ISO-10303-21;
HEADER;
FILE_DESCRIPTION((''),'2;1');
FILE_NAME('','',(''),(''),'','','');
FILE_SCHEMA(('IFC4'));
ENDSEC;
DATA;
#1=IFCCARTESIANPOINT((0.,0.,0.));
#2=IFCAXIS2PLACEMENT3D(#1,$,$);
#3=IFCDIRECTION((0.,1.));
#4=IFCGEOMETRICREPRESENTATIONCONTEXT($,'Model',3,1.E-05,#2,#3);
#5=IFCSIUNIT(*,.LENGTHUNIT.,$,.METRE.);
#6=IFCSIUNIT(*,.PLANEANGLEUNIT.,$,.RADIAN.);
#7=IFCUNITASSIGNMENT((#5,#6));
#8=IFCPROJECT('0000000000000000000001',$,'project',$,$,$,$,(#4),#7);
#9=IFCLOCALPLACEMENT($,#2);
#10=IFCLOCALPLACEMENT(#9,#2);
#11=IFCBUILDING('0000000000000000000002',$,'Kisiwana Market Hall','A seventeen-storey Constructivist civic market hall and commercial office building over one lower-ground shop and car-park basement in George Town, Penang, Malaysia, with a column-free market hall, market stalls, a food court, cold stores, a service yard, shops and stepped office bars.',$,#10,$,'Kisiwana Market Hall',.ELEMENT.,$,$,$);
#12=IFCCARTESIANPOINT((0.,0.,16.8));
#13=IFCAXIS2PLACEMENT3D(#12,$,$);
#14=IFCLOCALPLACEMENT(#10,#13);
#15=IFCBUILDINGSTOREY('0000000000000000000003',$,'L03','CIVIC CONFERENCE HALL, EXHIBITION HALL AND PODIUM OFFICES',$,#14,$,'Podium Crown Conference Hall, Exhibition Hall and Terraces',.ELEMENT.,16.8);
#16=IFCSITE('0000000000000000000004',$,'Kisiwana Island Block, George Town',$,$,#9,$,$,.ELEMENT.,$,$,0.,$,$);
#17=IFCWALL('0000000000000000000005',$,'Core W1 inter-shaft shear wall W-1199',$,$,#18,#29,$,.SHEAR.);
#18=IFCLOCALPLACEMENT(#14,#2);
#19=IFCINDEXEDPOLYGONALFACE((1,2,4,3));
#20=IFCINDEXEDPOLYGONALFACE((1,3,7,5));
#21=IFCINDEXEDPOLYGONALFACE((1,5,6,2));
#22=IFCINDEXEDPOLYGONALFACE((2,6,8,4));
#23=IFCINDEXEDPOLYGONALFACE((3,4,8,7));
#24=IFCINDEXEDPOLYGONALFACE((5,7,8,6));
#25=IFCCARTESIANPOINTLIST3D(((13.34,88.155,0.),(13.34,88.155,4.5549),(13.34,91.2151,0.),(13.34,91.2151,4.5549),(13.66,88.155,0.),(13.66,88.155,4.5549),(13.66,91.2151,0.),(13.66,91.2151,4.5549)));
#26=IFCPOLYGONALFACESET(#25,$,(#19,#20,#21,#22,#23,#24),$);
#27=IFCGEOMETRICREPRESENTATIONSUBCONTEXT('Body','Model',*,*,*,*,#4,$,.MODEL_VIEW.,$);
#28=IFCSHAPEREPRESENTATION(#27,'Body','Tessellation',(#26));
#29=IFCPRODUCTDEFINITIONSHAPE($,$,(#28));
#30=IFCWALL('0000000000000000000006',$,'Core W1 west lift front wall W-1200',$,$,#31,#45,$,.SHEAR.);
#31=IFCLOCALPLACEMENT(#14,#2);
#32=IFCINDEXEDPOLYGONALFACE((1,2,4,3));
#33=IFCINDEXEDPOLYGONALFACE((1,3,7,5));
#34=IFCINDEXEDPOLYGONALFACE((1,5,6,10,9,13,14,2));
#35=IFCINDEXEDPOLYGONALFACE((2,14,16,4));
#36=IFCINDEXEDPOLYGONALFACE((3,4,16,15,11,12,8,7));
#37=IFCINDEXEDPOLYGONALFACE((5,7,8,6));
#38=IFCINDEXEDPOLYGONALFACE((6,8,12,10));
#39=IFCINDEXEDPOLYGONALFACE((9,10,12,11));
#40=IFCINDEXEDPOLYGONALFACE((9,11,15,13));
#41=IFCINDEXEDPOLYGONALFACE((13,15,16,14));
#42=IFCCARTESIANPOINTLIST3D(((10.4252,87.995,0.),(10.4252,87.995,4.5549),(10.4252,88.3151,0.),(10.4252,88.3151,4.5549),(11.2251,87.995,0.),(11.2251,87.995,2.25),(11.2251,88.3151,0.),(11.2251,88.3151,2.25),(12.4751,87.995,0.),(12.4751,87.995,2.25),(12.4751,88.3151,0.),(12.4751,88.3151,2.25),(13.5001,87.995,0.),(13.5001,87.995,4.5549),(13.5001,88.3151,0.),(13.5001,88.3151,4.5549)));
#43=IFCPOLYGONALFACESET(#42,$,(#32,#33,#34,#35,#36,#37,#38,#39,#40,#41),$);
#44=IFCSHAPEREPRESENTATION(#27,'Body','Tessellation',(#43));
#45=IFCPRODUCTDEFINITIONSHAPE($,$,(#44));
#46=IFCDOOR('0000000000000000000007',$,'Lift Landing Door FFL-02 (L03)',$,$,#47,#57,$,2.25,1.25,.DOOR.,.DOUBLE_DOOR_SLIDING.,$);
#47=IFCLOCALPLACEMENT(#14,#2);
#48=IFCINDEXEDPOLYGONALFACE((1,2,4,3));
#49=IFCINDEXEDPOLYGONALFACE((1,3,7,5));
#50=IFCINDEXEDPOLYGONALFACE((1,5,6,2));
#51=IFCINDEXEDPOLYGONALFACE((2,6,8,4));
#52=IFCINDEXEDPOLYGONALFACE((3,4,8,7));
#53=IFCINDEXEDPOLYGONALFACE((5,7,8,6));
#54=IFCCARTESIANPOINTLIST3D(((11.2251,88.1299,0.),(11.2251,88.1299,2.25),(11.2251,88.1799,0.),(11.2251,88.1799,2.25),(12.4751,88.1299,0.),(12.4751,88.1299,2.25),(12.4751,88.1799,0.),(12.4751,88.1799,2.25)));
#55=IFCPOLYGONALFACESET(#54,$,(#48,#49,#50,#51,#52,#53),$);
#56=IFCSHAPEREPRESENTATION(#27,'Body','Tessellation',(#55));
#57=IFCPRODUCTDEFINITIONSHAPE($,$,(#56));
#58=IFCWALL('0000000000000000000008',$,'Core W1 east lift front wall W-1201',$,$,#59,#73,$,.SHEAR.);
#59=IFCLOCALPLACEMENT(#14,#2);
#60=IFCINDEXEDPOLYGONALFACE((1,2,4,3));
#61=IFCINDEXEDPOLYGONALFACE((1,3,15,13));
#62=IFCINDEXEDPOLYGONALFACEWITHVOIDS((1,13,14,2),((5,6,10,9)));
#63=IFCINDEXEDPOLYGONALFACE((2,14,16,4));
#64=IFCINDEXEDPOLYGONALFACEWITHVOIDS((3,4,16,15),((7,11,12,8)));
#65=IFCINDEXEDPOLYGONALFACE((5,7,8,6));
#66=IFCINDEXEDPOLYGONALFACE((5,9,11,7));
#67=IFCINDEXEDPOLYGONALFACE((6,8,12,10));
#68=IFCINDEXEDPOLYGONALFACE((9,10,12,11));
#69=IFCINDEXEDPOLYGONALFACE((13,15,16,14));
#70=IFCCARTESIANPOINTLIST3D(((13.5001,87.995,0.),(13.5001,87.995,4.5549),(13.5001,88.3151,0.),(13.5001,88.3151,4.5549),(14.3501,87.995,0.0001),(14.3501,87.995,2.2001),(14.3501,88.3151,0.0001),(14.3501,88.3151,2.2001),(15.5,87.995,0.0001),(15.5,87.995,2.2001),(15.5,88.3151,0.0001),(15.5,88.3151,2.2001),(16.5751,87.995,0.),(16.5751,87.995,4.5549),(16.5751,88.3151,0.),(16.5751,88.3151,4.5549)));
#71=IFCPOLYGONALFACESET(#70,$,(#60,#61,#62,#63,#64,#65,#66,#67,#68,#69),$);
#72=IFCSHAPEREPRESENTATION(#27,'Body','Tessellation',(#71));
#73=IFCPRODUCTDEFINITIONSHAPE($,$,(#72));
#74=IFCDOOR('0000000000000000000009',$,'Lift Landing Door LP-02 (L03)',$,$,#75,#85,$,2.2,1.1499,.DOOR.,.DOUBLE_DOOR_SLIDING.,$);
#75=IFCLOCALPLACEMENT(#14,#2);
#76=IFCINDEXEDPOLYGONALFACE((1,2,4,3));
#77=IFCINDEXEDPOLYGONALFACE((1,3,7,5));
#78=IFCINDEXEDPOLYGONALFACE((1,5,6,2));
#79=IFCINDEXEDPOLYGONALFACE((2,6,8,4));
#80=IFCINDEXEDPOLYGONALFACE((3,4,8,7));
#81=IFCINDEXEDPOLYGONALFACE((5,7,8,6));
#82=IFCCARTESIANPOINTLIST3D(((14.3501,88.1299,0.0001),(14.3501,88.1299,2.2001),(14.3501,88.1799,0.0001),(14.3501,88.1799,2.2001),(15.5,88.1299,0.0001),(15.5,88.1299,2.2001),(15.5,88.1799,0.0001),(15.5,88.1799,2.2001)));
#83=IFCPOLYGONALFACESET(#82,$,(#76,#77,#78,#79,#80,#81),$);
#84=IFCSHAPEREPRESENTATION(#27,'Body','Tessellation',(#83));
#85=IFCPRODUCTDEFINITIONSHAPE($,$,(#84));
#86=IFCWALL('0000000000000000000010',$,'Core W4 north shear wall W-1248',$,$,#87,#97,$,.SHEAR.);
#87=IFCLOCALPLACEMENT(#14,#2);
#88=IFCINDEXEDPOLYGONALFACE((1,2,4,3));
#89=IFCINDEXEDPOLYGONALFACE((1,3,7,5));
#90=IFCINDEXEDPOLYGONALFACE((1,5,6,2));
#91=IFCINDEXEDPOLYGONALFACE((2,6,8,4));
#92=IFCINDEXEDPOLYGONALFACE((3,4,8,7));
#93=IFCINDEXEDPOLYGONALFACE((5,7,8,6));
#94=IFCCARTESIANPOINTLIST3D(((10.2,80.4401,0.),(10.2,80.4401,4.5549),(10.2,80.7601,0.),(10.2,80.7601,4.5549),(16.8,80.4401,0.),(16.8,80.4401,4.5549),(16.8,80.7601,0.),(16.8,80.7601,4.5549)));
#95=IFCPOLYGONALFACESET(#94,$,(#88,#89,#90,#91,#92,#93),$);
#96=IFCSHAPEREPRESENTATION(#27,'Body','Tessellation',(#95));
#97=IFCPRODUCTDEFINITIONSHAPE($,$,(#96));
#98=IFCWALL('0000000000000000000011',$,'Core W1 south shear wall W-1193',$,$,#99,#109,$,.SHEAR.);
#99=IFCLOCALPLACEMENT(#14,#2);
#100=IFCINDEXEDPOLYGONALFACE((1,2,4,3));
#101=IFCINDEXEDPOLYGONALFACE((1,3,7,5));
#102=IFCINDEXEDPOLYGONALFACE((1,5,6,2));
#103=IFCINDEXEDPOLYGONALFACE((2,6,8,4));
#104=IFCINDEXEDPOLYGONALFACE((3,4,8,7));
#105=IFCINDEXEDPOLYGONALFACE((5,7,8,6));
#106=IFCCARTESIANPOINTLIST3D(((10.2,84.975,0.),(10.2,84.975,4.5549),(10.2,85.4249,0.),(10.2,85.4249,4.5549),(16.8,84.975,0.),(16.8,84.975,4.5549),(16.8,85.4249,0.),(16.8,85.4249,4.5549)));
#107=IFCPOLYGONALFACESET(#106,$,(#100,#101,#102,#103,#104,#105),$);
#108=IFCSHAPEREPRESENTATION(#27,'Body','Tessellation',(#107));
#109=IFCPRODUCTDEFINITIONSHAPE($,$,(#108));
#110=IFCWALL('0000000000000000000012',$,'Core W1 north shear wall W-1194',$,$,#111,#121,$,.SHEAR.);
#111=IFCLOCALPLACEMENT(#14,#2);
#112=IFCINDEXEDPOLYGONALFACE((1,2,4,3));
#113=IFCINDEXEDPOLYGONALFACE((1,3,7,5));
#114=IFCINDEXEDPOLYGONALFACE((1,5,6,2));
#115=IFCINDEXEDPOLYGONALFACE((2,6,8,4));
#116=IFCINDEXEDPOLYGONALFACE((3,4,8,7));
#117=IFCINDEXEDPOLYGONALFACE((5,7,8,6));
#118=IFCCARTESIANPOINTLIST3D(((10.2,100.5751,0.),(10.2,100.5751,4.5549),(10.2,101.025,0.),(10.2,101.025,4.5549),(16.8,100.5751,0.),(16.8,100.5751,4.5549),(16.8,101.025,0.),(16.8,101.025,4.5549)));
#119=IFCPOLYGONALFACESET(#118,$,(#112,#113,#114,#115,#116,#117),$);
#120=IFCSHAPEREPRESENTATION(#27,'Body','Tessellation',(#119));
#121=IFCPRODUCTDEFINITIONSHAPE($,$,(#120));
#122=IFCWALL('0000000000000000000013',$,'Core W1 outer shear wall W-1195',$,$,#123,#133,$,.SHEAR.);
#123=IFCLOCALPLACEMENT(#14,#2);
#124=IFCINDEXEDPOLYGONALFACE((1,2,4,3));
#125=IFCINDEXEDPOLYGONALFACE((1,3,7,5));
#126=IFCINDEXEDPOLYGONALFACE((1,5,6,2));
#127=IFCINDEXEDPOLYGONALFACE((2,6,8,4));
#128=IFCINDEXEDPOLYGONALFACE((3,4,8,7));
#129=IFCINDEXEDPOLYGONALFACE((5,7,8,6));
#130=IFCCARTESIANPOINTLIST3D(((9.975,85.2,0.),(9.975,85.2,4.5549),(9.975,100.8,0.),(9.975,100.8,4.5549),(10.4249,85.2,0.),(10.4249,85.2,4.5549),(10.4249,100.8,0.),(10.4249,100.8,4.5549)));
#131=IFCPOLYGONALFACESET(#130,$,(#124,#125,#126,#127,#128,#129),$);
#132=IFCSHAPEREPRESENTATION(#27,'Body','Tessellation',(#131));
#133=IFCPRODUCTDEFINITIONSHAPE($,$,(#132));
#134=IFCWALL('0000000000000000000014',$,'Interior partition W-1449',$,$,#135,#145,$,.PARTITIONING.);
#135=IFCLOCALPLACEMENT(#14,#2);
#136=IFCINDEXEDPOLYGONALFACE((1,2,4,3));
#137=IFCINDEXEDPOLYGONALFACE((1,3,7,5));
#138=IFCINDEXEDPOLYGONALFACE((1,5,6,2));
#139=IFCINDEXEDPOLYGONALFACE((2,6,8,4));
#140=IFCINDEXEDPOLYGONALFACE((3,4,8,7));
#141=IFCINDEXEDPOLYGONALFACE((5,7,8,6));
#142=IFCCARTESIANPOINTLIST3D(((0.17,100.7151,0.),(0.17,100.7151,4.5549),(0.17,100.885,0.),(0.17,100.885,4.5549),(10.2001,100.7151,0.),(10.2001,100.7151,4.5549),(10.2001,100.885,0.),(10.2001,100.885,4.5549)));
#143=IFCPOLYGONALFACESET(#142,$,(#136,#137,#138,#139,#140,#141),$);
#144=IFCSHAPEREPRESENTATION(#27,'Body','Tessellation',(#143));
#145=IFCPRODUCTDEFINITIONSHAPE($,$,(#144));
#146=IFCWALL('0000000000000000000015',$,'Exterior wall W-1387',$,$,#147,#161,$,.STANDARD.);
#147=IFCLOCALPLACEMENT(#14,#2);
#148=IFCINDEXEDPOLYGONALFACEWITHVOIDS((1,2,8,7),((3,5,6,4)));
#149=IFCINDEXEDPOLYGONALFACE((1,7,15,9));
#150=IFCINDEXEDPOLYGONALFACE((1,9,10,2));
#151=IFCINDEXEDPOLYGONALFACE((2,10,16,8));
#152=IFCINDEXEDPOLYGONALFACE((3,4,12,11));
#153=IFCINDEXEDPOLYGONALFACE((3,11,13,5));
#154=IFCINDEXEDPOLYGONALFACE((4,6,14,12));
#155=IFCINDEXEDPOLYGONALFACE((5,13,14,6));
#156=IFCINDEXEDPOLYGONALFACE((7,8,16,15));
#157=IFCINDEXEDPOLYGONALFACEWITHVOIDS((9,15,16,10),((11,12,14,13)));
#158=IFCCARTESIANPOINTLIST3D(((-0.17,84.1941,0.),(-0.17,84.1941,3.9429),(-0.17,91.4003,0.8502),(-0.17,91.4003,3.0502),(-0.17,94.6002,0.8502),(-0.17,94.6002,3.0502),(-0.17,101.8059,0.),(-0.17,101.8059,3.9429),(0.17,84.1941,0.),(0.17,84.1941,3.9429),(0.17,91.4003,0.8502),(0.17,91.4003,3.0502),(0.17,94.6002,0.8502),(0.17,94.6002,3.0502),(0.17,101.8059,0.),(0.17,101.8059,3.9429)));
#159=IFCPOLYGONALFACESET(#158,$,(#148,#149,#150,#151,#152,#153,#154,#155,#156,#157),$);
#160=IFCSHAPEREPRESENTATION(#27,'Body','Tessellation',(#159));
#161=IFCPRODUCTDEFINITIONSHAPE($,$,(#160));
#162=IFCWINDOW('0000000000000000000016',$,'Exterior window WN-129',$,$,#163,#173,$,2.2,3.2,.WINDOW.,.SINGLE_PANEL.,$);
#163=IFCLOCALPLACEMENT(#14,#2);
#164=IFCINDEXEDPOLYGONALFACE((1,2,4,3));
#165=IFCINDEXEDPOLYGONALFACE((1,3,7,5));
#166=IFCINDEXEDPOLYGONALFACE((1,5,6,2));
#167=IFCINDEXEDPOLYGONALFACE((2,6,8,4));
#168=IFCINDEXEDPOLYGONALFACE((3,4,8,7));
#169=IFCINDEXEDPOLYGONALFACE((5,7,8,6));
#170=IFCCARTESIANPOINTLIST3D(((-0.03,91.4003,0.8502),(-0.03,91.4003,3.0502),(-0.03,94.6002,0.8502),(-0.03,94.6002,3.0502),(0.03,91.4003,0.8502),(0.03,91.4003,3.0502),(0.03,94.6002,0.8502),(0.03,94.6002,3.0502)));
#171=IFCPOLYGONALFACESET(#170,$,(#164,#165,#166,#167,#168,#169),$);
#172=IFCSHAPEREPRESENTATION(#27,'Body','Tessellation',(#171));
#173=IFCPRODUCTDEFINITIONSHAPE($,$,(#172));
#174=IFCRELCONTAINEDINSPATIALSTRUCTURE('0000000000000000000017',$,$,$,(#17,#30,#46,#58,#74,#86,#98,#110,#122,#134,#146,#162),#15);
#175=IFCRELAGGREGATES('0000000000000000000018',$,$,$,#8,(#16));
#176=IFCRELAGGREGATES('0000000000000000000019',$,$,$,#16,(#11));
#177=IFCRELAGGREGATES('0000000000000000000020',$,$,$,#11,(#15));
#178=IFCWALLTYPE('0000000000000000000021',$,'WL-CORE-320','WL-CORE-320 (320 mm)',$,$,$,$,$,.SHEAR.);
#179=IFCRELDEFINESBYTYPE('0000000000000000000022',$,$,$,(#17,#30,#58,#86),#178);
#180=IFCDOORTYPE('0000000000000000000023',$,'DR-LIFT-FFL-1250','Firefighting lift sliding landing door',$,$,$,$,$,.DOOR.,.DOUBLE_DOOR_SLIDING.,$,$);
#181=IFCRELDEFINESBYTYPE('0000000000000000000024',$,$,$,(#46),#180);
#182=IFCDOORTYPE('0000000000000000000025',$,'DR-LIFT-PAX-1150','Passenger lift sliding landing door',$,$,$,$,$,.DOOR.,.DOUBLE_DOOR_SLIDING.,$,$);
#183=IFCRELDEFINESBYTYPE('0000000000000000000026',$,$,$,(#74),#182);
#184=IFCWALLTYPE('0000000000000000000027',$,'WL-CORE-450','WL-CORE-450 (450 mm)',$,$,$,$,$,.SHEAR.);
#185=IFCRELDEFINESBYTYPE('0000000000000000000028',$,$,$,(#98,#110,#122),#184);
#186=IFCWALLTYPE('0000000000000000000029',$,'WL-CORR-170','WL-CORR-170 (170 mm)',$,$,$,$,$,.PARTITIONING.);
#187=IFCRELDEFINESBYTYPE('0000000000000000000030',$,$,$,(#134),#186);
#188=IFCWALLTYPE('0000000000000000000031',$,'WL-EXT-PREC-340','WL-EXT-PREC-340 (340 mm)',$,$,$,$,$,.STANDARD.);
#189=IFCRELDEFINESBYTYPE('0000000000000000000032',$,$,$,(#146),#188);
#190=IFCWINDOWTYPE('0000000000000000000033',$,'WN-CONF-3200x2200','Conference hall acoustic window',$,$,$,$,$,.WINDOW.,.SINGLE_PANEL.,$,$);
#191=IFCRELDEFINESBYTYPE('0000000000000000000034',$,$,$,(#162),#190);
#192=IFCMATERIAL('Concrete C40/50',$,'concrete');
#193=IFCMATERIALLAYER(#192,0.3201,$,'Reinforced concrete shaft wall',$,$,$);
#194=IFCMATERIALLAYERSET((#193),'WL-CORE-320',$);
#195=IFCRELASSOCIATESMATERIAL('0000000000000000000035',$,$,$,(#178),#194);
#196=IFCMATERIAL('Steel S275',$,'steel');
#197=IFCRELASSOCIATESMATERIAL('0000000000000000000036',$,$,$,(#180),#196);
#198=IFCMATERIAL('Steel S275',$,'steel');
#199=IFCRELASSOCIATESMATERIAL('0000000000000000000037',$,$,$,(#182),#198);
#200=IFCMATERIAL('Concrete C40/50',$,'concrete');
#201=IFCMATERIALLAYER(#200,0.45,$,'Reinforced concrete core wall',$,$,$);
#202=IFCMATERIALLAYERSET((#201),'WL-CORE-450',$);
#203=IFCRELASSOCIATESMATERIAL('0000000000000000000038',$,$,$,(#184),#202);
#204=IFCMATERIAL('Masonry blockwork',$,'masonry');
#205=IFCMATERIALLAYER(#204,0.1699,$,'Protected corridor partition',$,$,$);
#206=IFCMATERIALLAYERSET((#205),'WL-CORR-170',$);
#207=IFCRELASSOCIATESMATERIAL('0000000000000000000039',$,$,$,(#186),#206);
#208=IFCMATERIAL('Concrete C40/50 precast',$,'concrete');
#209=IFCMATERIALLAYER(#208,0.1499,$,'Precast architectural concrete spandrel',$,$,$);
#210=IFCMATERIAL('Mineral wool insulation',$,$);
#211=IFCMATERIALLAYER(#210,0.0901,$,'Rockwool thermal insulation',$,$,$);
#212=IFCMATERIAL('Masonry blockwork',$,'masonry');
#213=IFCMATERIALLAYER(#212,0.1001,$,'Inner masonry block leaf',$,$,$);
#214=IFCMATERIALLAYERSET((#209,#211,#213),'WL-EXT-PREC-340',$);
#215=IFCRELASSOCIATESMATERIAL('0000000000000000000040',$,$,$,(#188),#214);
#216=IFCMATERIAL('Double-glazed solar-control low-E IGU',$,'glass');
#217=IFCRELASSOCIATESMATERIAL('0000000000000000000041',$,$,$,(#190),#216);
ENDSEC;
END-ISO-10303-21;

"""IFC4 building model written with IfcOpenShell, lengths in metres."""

from ifc_helpers import new_model, si_unit, direction, frame, frame_2d, origin, place, context, subcontext, project, spatial, rectangle, extrude, material, layer, layer_set, type_object, element, fill, save


model = new_model("IFC4")

# Units and contexts
model_context = context("Model", 3, precision=1e-05, world=origin(), true_north=direction((0.0, 1.0)))
body_context = subcontext(model_context, "Body", "Model", "MODEL_VIEW")
ifc_project = project(units=[si_unit("LENGTHUNIT", "METRE"), si_unit("PLANEANGLEUNIT", "RADIAN")], contexts=[model_context])

# Site, building, storey
site_placement = place(None, origin())
site = spatial("IfcSite", under=ifc_project, at=site_placement, Name="Kisiwana Island Block, George Town", CompositionType="ELEMENT", RefElevation=0.0)
building_placement = place(site_placement, origin())
building = spatial("IfcBuilding", under=site, at=building_placement, Name="Kisiwana Market Hall", Description="A seventeen-storey Constructivist civic market hall and commercial office building over one lower-ground shop and car-park basement in George Town, Penang, Malaysia, with a column-free market hall, market stalls, a food court, cold stores, a service yard, shops and stepped office bars.", LongName="Kisiwana Market Hall", CompositionType="ELEMENT")
storey_placement = place(building_placement, frame((0.0, 0.0, 16.8)))
storey = spatial("IfcBuildingStorey", under=building, at=storey_placement, Name="L03", Description="CIVIC CONFERENCE HALL, EXHIBITION HALL AND PODIUM OFFICES", LongName="Podium Crown Conference Hall, Exhibition Hall and Terraces", CompositionType="ELEMENT", Elevation=16.8)

# Wall
ifc_material_1 = material(Name="Concrete C40/50", Category="concrete")
ifc_layer_1 = layer(ifc_material_1, 0.3201, Name="Reinforced concrete shaft wall")
ifc_layer_set_1 = layer_set([ifc_layer_1], Name="WL-CORE-320")
wall_type_1 = type_object("IfcWallType", Name="WL-CORE-320", Description="WL-CORE-320 (320 mm)", PredefinedType="SHEAR", material=ifc_layer_set_1)
wall_1_placement = place(storey_placement, frame((13.5, 88.155, 0.0), z_axis=(0.0, 0.0, 1.0), x_axis=(0.0, 1.0, 0.0)))
element("IfcWall", 1, at=wall_1_placement, inside=storey, type_object=wall_type_1, Name="Core W1 inter-shaft shear wall W-1199", PredefinedType="SHEAR", context=body_context, shape_type="SweptSolid", body=[
    extrude(rectangle(XDim=3.0601, YDim=0.3201, at=frame_2d((1.53, 0.0))), origin(), (0.0, 0.0, 1.0), 4.5549),
])

# Walls, openings, doors
wall_2_placement = place(storey_placement, frame((10.425, 88.155, 0.0), z_axis=(0.0, 0.0, 1.0), x_axis=(1.0, 0.0, 0.0)))
wall_2 = element("IfcWall", 2, at=wall_2_placement, inside=storey, type_object=wall_type_1, Name="Core W1 west lift front wall W-1200", PredefinedType="SHEAR", context=body_context, shape_type="SweptSolid", body=[
    extrude(rectangle(XDim=3.075, YDim=0.3201, at=frame_2d((1.5376, 0.0))), origin(), (0.0, 0.0, 1.0), 4.5549),
])
opening_1_placement = place(wall_2_placement, frame((0.8, 0.0, 0.0)))
opening_1 = element("IfcOpeningElement", 3, at=opening_1_placement, cuts=wall_2, PredefinedType="OPENING", context=body_context, shape_type="SweptSolid", body=[
    extrude(rectangle(XDim=1.25, YDim=2.25, at=frame_2d((0.625, 1.125))), frame((0.0, 0.1719, 0.0), z_axis=(0.0, -1.0, 0.0), x_axis=(1.0, 0.0, 0.0)), (0.0, 0.0, 1.0), 0.344),
])
ifc_material_2 = material(Name="Steel S275", Category="steel")
door_type_1 = type_object("IfcDoorType", Name="DR-LIFT-FFL-1250", Description="Firefighting lift sliding landing door", OperationType="DOUBLE_DOOR_SLIDING", PredefinedType="DOOR", material=ifc_material_2)
door_1_placement = place(opening_1_placement, origin())
door_1 = element("IfcDoor", 4, at=door_1_placement, inside=storey, type_object=door_type_1, Name="Lift Landing Door FFL-02 (L03)", OperationType="DOUBLE_DOOR_SLIDING", OverallHeight=2.25, OverallWidth=1.25, PredefinedType="DOOR", context=body_context, shape_type="SweptSolid", body=[
    extrude(rectangle(XDim=1.25, YDim=2.25, at=frame_2d((0.625, 1.125))), frame((0.0, 0.0249, 0.0), z_axis=(0.0, -1.0, 0.0), x_axis=(1.0, 0.0, 0.0)), (0.0, 0.0, 1.0), 0.05),
])
fill(opening_1, door_1)
wall_3_placement = place(storey_placement, frame((13.5, 88.155, 0.0), z_axis=(0.0, 0.0, 1.0), x_axis=(1.0, 0.0, 0.0)))
wall_3 = element("IfcWall", 5, at=wall_3_placement, inside=storey, type_object=wall_type_1, Name="Core W1 east lift front wall W-1201", PredefinedType="SHEAR", context=body_context, shape_type="SweptSolid", body=[
    extrude(rectangle(XDim=3.075, YDim=0.3201, at=frame_2d((1.5376, 0.0))), origin(), (0.0, 0.0, 1.0), 4.5549),
])
opening_2_placement = place(wall_3_placement, frame((0.8501, 0.0, 0.0)))
opening_2 = element("IfcOpeningElement", 6, at=opening_2_placement, cuts=wall_3, PredefinedType="OPENING", context=body_context, shape_type="SweptSolid", body=[
    extrude(rectangle(XDim=1.1499, YDim=2.2, at=frame_2d((0.575, 1.1001))), frame((0.0, 0.1719, 0.0), z_axis=(0.0, -1.0, 0.0), x_axis=(1.0, 0.0, 0.0)), (0.0, 0.0, 1.0), 0.344),
])
ifc_material_3 = material(Name="Steel S275", Category="steel")
door_type_2 = type_object("IfcDoorType", Name="DR-LIFT-PAX-1150", Description="Passenger lift sliding landing door", OperationType="DOUBLE_DOOR_SLIDING", PredefinedType="DOOR", material=ifc_material_3)
door_2_placement = place(opening_2_placement, origin())
door_2 = element("IfcDoor", 7, at=door_2_placement, inside=storey, type_object=door_type_2, Name="Lift Landing Door LP-02 (L03)", OperationType="DOUBLE_DOOR_SLIDING", OverallHeight=2.2, OverallWidth=1.1499, PredefinedType="DOOR", context=body_context, shape_type="SweptSolid", body=[
    extrude(rectangle(XDim=1.1499, YDim=2.2, at=frame_2d((0.575, 1.1001))), frame((0.0, 0.0249, 0.0), z_axis=(0.0, -1.0, 0.0), x_axis=(1.0, 0.0, 0.0)), (0.0, 0.0, 1.0), 0.05),
])
fill(opening_2, door_2)

# Walls
wall_4_placement = place(storey_placement, frame((10.2, 80.6001, 0.0), z_axis=(0.0, 0.0, 1.0), x_axis=(1.0, 0.0, 0.0)))
element("IfcWall", 8, at=wall_4_placement, inside=storey, type_object=wall_type_1, Name="Core W4 north shear wall W-1248", PredefinedType="SHEAR", context=body_context, shape_type="SweptSolid", body=[
    extrude(rectangle(XDim=6.6001, YDim=0.3201, at=frame_2d((3.3, 0.0))), origin(), (0.0, 0.0, 1.0), 4.5549),
])
ifc_material_4 = material(Name="Concrete C40/50", Category="concrete")
ifc_layer_2 = layer(ifc_material_4, 0.45, Name="Reinforced concrete core wall")
ifc_layer_set_2 = layer_set([ifc_layer_2], Name="WL-CORE-450")
wall_type_2 = type_object("IfcWallType", Name="WL-CORE-450", Description="WL-CORE-450 (450 mm)", PredefinedType="SHEAR", material=ifc_layer_set_2)
for number, where, z_axis, x_axis, name in (
    (9, (10.2, 85.2, 0.0), (0.0, 0.0, 1.0), (1.0, 0.0, 0.0), "Core W1 south shear wall W-1193"),
    (10, (10.2, 100.8, 0.0), (0.0, 0.0, 1.0), (1.0, 0.0, 0.0), "Core W1 north shear wall W-1194"),
):
    element("IfcWall", number, at=place(storey_placement, frame(where, z_axis=z_axis, x_axis=x_axis)), inside=storey, type_object=wall_type_2, Name=name, PredefinedType="SHEAR", context=body_context, shape_type="SweptSolid", body=[
        extrude(rectangle(XDim=6.6001, YDim=0.45, at=frame_2d((3.3, 0.0))), origin(), (0.0, 0.0, 1.0), 4.5549),
    ])
wall_5_placement = place(storey_placement, frame((10.2, 85.2, 0.0), z_axis=(0.0, 0.0, 1.0), x_axis=(0.0, 1.0, 0.0)))
element("IfcWall", 11, at=wall_5_placement, inside=storey, type_object=wall_type_2, Name="Core W1 outer shear wall W-1195", PredefinedType="SHEAR", context=body_context, shape_type="SweptSolid", body=[
    extrude(rectangle(XDim=15.6001, YDim=0.45, at=frame_2d((7.8, 0.0))), origin(), (0.0, 0.0, 1.0), 4.5549),
])
ifc_material_5 = material(Name="Masonry blockwork", Category="masonry")
ifc_layer_3 = layer(ifc_material_5, 0.1699, Name="Protected corridor partition")
ifc_layer_set_3 = layer_set([ifc_layer_3], Name="WL-CORR-170")
wall_type_3 = type_object("IfcWallType", Name="WL-CORR-170", Description="WL-CORR-170 (170 mm)", PredefinedType="PARTITIONING", material=ifc_layer_set_3)
wall_6_placement = place(storey_placement, frame((0.1699, 100.8, 0.0), z_axis=(0.0, 0.0, 1.0), x_axis=(1.0, 0.0, 0.0)))
element("IfcWall", 12, at=wall_6_placement, inside=storey, type_object=wall_type_3, Name="Interior partition W-1449", PredefinedType="PARTITIONING", context=body_context, shape_type="SweptSolid", body=[
    extrude(rectangle(XDim=10.03, YDim=0.1699, at=frame_2d((5.0151, 0.0))), origin(), (0.0, 0.0, 1.0), 4.5549),
])

# Wall, opening, window
ifc_material_6 = material(Name="Concrete C40/50 precast", Category="concrete")
ifc_layer_4 = layer(ifc_material_6, 0.1499, Name="Precast architectural concrete spandrel")
ifc_material_7 = material(Name="Mineral wool insulation")
ifc_layer_5 = layer(ifc_material_7, 0.0901, Name="Rockwool thermal insulation")
ifc_material_8 = material(Name="Masonry blockwork", Category="masonry")
ifc_layer_6 = layer(ifc_material_8, 0.1001, Name="Inner masonry block leaf")
ifc_layer_set_4 = layer_set([ifc_layer_4, ifc_layer_5, ifc_layer_6], Name="WL-EXT-PREC-340")
wall_type_4 = type_object("IfcWallType", Name="WL-EXT-PREC-340", Description="WL-EXT-PREC-340 (340 mm)", PredefinedType="STANDARD", material=ifc_layer_set_4)
wall_7_placement = place(storey_placement, frame((0.0, 84.1941, 0.0), z_axis=(0.0, 0.0, 1.0), x_axis=(0.0, 1.0, 0.0)))
wall_7 = element("IfcWall", 13, at=wall_7_placement, inside=storey, type_object=wall_type_4, Name="Exterior wall W-1387", PredefinedType="STANDARD", context=body_context, shape_type="SweptSolid", body=[
    extrude(rectangle(XDim=17.6118, YDim=0.3401, at=frame_2d((8.8059, 0.0))), origin(), (0.0, 0.0, 1.0), 3.9429),
])
opening_3_placement = place(wall_7_placement, frame((7.2061, 0.0, 0.8501)))
opening_3 = element("IfcOpeningElement", 14, at=opening_3_placement, cuts=wall_7, PredefinedType="OPENING", context=body_context, shape_type="SweptSolid", body=[
    extrude(rectangle(XDim=3.2, YDim=2.2, at=frame_2d((1.6001, 1.1001))), frame((0.0, 0.1821, 0.0), z_axis=(0.0, -1.0, 0.0), x_axis=(1.0, 0.0, 0.0)), (0.0, 0.0, 1.0), 0.364),
])
ifc_material_9 = material(Name="Double-glazed solar-control low-E IGU", Category="glass")
window_type = type_object("IfcWindowType", Name="WN-CONF-3200x2200", Description="Conference hall acoustic window", PartitioningType="SINGLE_PANEL", PredefinedType="WINDOW", material=ifc_material_9)
window_placement = place(opening_3_placement, origin())
window = element("IfcWindow", 15, at=window_placement, inside=storey, type_object=window_type, Name="Exterior window WN-129", OverallHeight=2.2, OverallWidth=3.2, PartitioningType="SINGLE_PANEL", PredefinedType="WINDOW", context=body_context, shape_type="SweptSolid", body=[
    extrude(rectangle(XDim=3.2, YDim=2.2, at=frame_2d((1.6001, 1.1001))), frame((0.0, 0.03, 0.0), z_axis=(0.0, -1.0, 0.0), x_axis=(1.0, 0.0, 0.0)), (0.0, 0.0, 1.0), 0.0601),
])
fill(opening_3, window)

save(model, "model.ifc")
